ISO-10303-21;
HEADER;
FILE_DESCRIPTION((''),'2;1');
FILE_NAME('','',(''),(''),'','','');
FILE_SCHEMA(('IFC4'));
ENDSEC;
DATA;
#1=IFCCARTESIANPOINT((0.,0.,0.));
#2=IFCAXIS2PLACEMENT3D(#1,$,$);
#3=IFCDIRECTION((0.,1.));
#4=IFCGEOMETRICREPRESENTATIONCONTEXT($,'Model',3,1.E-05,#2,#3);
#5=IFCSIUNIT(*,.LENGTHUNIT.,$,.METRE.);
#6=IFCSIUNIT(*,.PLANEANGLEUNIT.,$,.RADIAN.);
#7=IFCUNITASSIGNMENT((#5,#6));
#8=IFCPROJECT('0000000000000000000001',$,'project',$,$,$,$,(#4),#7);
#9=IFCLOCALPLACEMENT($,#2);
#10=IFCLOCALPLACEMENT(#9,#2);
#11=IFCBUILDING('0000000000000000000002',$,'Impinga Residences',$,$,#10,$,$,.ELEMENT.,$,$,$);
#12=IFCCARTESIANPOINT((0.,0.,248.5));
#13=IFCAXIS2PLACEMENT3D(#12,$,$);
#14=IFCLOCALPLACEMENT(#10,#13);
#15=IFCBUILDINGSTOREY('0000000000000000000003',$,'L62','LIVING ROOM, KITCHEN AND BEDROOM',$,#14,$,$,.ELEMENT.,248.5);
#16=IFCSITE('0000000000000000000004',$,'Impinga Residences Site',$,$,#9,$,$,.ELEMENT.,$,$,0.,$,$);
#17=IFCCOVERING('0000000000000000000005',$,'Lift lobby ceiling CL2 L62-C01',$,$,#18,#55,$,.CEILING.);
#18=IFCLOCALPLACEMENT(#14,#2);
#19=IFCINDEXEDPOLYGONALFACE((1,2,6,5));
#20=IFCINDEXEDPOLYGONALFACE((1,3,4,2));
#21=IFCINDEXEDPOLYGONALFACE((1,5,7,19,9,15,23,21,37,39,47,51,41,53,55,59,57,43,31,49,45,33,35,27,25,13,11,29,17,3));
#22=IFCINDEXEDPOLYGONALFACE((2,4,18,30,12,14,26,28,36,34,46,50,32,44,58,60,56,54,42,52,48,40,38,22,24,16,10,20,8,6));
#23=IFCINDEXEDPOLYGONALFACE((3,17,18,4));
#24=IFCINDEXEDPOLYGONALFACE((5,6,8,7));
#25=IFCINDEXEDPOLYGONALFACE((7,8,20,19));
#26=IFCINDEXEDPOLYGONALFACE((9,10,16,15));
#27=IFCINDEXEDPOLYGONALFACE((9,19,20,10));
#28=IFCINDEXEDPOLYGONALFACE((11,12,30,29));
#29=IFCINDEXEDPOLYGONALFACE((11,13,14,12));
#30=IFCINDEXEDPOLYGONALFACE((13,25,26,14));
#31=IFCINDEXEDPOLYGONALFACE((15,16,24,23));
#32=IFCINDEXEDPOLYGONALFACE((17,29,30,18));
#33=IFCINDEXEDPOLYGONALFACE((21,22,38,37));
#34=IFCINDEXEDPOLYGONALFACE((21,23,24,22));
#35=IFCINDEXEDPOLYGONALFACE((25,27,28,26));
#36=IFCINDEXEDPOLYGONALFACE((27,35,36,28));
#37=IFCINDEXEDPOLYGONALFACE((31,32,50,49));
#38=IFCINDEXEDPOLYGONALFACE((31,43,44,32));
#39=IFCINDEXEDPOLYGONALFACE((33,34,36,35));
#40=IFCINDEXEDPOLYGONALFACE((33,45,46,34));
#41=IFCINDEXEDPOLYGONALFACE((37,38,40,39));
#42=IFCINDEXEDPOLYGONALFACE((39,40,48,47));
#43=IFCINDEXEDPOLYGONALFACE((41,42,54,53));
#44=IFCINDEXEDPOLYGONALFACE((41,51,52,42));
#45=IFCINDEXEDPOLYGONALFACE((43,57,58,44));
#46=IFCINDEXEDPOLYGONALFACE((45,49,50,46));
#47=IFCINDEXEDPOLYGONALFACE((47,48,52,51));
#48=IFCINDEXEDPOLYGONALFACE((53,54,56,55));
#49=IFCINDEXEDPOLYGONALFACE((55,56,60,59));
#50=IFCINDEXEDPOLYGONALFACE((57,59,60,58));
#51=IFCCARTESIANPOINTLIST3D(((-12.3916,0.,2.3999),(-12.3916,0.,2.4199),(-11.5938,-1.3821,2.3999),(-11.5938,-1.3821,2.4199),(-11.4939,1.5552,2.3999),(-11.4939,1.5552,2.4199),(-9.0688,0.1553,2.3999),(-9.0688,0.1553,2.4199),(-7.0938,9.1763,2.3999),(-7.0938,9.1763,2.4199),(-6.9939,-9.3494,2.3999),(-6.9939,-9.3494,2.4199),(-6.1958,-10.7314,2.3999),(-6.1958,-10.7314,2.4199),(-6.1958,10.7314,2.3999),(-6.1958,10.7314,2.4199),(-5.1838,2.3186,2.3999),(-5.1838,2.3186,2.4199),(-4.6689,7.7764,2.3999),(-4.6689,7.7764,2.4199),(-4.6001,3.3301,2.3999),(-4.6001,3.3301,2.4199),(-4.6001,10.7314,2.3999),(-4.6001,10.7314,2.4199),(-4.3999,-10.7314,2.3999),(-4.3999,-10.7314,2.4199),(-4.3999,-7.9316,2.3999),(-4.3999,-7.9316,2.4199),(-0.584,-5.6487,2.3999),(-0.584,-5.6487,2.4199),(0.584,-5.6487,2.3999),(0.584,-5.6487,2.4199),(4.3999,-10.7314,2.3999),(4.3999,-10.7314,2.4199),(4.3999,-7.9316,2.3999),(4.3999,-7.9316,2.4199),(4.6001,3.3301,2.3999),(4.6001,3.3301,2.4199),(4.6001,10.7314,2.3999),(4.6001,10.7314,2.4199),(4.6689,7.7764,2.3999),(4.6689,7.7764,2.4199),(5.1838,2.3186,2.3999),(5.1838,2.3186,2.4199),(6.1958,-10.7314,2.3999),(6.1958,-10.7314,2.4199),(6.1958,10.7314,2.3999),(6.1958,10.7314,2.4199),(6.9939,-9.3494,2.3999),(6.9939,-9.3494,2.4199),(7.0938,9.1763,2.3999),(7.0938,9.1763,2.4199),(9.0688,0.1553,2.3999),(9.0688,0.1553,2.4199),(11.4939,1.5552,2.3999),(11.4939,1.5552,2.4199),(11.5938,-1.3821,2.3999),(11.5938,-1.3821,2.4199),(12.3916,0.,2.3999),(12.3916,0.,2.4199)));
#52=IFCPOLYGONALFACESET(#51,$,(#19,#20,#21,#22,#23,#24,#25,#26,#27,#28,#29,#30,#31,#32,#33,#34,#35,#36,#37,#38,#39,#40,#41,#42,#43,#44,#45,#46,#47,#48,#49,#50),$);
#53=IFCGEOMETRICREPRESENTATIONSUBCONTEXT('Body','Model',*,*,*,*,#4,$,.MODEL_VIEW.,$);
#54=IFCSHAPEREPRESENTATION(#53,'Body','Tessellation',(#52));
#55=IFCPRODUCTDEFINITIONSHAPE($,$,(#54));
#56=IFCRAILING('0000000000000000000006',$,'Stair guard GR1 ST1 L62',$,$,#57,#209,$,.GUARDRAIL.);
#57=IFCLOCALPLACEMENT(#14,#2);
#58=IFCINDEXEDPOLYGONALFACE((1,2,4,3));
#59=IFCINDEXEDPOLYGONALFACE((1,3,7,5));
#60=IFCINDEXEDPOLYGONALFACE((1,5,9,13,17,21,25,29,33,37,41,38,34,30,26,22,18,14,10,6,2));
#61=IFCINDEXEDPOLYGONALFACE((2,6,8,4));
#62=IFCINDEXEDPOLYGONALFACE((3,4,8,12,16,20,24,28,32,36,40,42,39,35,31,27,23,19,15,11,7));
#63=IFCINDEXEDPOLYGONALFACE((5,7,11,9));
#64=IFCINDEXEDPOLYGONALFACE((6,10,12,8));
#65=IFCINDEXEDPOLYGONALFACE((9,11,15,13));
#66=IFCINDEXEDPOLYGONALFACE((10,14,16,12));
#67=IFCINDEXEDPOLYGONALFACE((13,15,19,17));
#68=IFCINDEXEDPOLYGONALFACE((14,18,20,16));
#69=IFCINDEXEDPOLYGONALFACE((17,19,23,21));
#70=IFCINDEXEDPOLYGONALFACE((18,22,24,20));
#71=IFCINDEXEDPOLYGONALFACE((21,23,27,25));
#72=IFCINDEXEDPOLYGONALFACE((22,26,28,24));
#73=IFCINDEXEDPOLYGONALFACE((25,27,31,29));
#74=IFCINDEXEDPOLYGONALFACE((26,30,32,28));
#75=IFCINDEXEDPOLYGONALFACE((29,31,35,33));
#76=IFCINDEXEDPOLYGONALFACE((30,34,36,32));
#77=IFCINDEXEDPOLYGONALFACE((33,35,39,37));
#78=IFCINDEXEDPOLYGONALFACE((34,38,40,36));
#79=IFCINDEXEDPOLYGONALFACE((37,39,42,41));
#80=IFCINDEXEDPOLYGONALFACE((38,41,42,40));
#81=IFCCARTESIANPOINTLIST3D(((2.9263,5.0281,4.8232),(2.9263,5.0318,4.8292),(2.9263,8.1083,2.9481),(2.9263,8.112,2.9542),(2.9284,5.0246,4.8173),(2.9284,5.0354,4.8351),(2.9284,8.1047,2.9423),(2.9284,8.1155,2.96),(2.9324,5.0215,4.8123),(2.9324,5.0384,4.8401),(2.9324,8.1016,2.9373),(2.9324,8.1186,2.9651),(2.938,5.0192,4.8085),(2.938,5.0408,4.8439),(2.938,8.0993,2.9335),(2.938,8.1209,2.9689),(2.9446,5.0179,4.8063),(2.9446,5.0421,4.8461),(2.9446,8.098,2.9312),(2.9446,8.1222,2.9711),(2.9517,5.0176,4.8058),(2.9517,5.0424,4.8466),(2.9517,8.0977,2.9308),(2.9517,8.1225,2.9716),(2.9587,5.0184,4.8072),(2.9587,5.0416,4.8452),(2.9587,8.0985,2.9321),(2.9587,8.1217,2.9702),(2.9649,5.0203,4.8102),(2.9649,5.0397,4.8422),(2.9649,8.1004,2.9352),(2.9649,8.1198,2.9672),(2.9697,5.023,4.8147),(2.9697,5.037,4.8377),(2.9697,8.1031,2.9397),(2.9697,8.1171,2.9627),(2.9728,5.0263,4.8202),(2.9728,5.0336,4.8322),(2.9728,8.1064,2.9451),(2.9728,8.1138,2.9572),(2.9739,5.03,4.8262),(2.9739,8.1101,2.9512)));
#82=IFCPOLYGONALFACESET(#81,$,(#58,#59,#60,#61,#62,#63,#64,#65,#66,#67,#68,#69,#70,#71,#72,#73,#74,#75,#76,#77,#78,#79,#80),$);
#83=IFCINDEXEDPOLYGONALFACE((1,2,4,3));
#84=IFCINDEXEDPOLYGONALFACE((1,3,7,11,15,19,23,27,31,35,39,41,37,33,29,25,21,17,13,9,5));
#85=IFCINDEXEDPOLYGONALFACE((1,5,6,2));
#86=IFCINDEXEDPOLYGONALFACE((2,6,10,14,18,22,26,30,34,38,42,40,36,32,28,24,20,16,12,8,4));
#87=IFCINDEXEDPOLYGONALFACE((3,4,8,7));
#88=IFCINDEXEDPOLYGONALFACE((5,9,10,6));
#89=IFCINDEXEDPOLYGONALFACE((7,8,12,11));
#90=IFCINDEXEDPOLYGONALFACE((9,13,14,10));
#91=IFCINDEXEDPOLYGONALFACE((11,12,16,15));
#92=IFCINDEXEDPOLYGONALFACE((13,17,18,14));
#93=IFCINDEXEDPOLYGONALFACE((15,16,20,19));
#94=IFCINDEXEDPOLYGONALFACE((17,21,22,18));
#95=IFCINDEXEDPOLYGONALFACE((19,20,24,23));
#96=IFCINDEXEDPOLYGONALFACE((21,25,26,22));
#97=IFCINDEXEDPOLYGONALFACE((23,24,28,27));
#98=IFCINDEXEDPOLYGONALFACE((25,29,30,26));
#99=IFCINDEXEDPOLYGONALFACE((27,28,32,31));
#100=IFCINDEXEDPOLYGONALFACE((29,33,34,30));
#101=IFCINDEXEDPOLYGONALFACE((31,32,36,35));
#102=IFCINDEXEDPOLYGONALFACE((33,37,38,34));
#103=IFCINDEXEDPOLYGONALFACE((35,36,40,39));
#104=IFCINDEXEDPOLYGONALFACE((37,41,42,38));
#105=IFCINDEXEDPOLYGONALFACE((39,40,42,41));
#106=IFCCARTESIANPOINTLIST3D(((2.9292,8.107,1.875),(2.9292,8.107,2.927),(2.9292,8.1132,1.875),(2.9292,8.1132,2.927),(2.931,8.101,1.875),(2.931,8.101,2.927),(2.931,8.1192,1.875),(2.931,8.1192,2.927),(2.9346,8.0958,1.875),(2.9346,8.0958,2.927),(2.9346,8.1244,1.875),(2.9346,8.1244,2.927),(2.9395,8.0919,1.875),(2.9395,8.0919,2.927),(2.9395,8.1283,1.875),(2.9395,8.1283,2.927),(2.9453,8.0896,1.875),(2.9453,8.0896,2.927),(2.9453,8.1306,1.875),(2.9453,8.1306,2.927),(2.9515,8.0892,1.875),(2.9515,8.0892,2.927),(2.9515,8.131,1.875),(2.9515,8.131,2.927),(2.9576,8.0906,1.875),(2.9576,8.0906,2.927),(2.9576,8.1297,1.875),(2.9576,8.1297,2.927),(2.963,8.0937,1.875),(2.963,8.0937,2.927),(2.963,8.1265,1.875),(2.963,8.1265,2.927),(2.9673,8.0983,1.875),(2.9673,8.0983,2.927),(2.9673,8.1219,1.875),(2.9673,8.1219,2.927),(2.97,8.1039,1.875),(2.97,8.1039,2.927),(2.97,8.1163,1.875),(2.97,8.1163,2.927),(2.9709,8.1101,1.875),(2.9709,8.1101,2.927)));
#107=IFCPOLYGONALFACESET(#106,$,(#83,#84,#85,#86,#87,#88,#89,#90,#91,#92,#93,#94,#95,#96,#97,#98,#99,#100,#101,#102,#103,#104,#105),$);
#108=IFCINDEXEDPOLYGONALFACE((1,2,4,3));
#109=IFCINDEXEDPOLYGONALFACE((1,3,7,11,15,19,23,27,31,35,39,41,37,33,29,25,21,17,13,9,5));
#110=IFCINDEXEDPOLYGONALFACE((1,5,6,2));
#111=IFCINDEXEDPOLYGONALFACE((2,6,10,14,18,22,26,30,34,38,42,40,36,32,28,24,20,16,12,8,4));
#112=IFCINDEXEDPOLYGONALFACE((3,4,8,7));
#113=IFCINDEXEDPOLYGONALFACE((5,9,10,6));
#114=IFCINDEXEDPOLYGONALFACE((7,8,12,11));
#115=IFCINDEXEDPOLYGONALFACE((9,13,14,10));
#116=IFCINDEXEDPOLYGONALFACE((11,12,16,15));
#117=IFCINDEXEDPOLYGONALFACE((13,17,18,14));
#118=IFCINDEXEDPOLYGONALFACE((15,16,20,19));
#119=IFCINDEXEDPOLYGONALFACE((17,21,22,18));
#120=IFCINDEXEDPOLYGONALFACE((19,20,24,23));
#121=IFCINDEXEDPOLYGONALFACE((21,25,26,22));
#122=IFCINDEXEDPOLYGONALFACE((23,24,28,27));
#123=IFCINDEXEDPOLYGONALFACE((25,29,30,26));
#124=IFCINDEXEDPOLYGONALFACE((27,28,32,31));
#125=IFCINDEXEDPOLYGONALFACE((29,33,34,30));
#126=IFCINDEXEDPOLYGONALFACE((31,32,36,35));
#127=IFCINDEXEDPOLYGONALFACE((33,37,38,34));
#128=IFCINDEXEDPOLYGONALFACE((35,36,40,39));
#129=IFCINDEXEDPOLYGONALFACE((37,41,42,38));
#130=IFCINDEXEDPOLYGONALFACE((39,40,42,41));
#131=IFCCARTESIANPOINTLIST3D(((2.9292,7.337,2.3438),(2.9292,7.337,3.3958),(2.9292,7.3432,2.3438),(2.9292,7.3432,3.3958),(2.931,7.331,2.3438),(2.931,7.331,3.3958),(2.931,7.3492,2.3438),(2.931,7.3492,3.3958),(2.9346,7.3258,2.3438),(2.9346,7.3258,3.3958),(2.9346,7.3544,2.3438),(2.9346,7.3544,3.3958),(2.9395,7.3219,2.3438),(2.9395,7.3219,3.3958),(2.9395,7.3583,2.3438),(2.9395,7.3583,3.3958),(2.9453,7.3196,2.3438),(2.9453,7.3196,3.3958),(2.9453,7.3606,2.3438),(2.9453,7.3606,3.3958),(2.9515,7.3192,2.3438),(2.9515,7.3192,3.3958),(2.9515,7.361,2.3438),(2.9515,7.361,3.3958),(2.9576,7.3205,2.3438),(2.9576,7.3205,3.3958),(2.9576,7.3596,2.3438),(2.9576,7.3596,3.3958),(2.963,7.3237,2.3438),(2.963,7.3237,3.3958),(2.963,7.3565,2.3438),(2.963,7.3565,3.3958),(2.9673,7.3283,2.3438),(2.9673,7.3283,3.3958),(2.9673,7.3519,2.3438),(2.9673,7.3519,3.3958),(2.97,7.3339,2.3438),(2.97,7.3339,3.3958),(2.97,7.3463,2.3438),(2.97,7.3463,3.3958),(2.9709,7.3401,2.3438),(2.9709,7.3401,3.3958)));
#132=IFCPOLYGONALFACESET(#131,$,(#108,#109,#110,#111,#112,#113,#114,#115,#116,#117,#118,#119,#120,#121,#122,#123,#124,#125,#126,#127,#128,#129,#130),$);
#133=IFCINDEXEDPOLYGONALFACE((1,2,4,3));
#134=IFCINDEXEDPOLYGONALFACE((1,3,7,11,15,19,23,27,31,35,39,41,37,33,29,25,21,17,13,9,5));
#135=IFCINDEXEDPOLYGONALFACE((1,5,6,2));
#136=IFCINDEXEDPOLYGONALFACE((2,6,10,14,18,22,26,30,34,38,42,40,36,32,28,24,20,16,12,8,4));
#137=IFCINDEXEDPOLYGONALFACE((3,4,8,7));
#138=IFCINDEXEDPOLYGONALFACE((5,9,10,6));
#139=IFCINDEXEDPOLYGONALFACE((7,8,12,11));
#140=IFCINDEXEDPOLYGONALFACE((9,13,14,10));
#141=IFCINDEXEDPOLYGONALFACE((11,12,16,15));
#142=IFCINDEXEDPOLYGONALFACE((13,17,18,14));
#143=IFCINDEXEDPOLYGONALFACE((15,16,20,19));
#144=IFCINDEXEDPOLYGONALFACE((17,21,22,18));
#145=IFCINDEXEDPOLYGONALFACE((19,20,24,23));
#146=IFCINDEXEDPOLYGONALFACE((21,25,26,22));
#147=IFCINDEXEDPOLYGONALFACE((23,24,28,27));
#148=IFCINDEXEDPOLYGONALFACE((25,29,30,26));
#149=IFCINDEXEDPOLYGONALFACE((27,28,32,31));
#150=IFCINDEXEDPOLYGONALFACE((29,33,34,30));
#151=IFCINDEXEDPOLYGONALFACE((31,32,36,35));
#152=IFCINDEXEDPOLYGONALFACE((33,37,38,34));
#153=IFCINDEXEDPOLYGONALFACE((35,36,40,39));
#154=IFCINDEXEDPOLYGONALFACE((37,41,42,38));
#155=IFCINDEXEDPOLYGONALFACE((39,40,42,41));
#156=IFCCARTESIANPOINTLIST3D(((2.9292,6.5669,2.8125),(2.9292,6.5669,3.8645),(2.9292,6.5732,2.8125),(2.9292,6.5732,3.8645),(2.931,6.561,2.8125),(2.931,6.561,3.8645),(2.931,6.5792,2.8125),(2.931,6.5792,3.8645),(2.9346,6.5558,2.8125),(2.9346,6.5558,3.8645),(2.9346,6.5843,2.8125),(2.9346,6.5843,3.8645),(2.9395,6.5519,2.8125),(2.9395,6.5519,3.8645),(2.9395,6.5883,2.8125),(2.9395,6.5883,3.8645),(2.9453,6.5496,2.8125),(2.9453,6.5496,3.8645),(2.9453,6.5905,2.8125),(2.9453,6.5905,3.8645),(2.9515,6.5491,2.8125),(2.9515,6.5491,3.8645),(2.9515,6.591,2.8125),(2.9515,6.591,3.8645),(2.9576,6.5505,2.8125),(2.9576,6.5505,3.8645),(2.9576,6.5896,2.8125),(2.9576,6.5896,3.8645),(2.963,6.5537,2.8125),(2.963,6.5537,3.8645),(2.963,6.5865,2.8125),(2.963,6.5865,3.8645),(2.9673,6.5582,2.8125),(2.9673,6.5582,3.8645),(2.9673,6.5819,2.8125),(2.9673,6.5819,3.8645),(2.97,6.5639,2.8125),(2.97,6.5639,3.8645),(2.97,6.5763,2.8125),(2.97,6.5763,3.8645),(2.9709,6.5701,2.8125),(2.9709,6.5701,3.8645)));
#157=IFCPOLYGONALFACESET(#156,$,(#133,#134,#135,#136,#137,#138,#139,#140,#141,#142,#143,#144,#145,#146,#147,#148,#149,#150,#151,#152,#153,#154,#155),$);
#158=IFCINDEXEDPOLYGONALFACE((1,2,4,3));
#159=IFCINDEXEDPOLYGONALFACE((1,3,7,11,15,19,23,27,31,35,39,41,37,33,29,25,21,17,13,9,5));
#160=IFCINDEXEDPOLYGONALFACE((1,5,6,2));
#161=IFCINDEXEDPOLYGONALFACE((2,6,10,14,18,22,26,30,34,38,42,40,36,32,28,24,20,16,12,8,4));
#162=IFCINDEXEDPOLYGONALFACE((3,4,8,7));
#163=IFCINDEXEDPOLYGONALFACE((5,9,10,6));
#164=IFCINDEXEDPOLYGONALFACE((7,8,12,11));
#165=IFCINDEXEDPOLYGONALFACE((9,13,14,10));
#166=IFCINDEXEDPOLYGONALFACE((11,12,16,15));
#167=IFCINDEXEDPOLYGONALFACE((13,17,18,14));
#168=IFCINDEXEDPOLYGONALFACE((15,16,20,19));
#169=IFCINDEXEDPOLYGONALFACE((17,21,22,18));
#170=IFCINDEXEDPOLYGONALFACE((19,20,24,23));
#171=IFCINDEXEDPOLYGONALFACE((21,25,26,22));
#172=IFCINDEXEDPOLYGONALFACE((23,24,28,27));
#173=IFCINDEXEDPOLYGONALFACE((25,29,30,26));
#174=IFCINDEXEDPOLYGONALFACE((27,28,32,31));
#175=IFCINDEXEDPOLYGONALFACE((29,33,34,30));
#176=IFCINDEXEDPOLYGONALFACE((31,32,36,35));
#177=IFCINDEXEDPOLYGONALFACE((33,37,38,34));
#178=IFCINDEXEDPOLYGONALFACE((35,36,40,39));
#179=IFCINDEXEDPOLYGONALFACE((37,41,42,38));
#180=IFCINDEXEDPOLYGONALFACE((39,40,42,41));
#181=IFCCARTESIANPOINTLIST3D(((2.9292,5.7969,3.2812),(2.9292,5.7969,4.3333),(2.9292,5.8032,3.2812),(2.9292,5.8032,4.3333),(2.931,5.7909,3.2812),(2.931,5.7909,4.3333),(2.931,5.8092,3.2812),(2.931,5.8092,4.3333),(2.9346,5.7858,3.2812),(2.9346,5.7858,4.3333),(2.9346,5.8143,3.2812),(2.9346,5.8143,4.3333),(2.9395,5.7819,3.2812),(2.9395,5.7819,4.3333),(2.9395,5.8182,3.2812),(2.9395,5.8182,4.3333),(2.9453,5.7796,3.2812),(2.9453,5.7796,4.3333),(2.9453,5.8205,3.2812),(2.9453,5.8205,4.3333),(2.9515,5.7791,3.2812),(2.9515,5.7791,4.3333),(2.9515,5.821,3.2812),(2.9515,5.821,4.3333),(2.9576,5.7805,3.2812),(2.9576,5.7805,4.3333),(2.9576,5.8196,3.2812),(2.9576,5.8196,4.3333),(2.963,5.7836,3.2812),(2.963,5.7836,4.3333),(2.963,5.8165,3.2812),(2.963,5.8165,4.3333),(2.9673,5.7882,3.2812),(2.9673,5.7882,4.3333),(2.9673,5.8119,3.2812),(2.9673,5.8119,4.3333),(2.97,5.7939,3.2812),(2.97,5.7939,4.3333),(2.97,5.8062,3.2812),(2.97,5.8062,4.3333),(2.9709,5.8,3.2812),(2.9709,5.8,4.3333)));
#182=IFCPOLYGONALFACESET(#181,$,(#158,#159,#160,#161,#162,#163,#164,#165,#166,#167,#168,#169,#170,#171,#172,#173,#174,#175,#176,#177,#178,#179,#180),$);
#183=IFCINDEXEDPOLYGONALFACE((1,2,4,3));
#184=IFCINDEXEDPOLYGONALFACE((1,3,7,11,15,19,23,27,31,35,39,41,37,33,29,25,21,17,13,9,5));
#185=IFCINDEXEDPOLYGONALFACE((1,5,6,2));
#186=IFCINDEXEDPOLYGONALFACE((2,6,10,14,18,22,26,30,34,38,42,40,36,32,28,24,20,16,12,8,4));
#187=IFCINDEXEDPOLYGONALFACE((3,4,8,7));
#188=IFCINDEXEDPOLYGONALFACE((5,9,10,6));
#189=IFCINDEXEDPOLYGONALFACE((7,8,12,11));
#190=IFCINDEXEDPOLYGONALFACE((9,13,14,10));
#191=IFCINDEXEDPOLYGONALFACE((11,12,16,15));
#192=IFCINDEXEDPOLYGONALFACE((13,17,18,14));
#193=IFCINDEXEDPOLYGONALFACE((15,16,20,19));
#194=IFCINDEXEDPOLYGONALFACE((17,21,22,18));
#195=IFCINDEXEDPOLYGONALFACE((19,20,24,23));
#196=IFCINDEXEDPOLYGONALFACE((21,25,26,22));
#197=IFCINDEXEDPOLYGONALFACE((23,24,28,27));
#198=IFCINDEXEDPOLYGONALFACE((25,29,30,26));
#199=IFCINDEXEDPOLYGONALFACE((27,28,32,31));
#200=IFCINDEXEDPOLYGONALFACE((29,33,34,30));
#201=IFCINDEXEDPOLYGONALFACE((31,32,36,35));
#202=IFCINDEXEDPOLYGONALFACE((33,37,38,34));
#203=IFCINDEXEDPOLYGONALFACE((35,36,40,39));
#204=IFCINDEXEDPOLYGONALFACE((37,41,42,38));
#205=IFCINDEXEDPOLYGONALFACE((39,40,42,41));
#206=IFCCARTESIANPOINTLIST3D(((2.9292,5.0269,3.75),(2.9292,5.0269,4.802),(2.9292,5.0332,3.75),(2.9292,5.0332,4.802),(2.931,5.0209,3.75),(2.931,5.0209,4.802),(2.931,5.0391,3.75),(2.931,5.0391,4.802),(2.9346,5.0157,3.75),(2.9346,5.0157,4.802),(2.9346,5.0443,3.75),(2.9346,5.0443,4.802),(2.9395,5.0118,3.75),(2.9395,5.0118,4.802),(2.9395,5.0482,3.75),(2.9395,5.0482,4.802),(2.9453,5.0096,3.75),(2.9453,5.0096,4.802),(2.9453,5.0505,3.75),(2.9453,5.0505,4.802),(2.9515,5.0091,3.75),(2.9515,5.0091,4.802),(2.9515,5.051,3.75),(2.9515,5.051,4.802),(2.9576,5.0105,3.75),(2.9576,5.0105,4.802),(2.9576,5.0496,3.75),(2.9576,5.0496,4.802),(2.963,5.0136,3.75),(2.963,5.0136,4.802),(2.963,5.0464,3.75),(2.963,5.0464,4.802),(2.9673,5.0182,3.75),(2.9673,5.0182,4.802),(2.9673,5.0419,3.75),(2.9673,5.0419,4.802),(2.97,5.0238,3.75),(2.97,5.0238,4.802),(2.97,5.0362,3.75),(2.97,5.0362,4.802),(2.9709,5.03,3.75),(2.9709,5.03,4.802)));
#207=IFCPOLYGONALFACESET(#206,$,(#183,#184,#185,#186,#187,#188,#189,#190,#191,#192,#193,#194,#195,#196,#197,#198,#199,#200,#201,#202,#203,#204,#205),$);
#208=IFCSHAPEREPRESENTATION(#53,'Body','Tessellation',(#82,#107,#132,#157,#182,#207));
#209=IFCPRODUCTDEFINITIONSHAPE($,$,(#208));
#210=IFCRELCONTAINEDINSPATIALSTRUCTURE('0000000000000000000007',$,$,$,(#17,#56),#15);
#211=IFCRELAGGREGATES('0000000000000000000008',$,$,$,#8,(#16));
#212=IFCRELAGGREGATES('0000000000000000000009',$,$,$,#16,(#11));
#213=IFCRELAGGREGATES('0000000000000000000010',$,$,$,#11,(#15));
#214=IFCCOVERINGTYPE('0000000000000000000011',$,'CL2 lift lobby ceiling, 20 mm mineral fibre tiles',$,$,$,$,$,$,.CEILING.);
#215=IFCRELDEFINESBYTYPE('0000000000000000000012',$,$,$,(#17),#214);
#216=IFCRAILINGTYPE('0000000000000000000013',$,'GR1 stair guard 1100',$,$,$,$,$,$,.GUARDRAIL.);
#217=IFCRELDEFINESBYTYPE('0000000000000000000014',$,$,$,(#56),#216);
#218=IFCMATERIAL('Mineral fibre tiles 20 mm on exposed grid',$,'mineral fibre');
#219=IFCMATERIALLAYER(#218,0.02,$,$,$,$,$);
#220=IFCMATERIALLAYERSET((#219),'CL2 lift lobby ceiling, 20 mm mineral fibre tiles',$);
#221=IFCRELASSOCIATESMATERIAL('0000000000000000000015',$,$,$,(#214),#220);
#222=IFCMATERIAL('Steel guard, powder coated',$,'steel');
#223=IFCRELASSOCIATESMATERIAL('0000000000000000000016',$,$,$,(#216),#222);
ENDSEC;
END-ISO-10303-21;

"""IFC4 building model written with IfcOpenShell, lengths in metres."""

from ifc_helpers import new_model, si_unit, direction, frame, origin, origin_2d, place, context, subcontext, project, spatial, polyline, circle, outline, extrude, material, layer, layer_set, type_object, element, save


model = new_model("IFC4")

# Units and contexts
model_context = context("Model", 3, precision=1e-05, world=origin(), true_north=direction((0.0, 1.0)))
body_context = subcontext(model_context, "Body", "Model", "MODEL_VIEW")
ifc_project = project(units=[si_unit("LENGTHUNIT", "METRE"), si_unit("PLANEANGLEUNIT", "RADIAN")], contexts=[model_context])

# Site, building, storey
site_placement = place(None, origin())
site = spatial("IfcSite", under=ifc_project, at=site_placement, Name="Impinga Residences Site", CompositionType="ELEMENT", RefElevation=0.0)
building_placement = place(site_placement, origin())
building = spatial("IfcBuilding", under=site, at=building_placement, Name="Impinga Residences", CompositionType="ELEMENT")
storey_placement = place(building_placement, frame((0.0, 0.0, 248.5)))
storey = spatial("IfcBuildingStorey", under=building, at=storey_placement, Name="L62", Description="LIVING ROOM, KITCHEN AND BEDROOM", CompositionType="ELEMENT", Elevation=248.5)

# Covering
ifc_material_1 = material(Name="Mineral fibre tiles 20 mm on exposed grid", Category="mineral fibre")
ifc_layer_1 = layer(ifc_material_1, 0.02)
ifc_layer_set_1 = layer_set([ifc_layer_1], Name="CL2 lift lobby ceiling, 20 mm mineral fibre tiles")
covering_type_1 = type_object("IfcCoveringType", Name="CL2 lift lobby ceiling, 20 mm mineral fibre tiles", PredefinedType="CEILING", material=ifc_layer_set_1)
covering_1_placement = place(storey_placement, frame((0.0, 0.0, 2.3999)))
element("IfcCovering", 1, at=covering_1_placement, inside=storey, type_object=covering_type_1, Name="Lift lobby ceiling CL2 L62-C01", PredefinedType="CEILING", context=body_context, shape_type="SweptSolid", body=[
    extrude(outline(polyline([(12.3916, 0.0), (11.5938, -1.3821), (5.1838, 2.3186), (0.584, -5.6487), (6.9939, -9.3494), (6.1958, -10.7314), (4.3999, -10.7314), (4.3999, -7.9316), (-4.3999, -7.9316), (-4.3999, -10.7314), (-6.1958, -10.7314), (-6.9939, -9.3494), (-0.584, -5.6487), (-5.1838, 2.3186), (-11.5938, -1.3821), (-12.3916, 0.0), (-11.4939, 1.5552), (-9.0688, 0.1553), (-4.6689, 7.7764), (-7.0938, 9.1763), (-6.1958, 10.7314), (-4.6001, 10.7314), (-4.6001, 3.3301), (4.6001, 3.3301), (4.6001, 10.7314), (6.1958, 10.7314), (7.0938, 9.1763), (4.6689, 7.7764), (9.0688, 0.1553), (11.4939, 1.5552), (12.3916, 0.0)])), origin(), (0.0, 0.0, 1.0), 0.02),
])

# Railing
ifc_material_2 = material(Name="Steel guard, powder coated", Category="steel")
railing_type_1 = type_object("IfcRailingType", Name="GR1 stair guard 1100", PredefinedType="GUARDRAIL", material=ifc_material_2)
railing_1_placement = place(storey_placement, frame((2.95, 8.1101, 1.875)))
element("IfcRailing", 2, at=railing_1_placement, inside=storey, type_object=railing_type_1, Name="Stair guard GR1 ST1 L62", PredefinedType="GUARDRAIL", context=body_context, shape_type="SweptSolid", body=[
    extrude(circle(Radius=0.0239, at=origin_2d()), frame((0.0, 0.0, 1.0762), z_axis=(0.0, -0.854178, 0.519981), x_axis=(1.0, 0.0, 0.0)), (0.0, 0.0, 1.0), 3.606),
    extrude(circle(Radius=0.021, at=origin_2d()), origin(), (0.0, 0.0, 1.0), 1.052),
    extrude(circle(Radius=0.021, at=origin_2d()), frame((0.0, -0.77, 0.4688)), (0.0, 0.0, 1.0), 1.052),
    extrude(circle(Radius=0.021, at=origin_2d()), frame((0.0, -1.54, 0.9375)), (0.0, 0.0, 1.0), 1.052),
    extrude(circle(Radius=0.021, at=origin_2d()), frame((0.0, -2.3101, 1.4062)), (0.0, 0.0, 1.0), 1.052),
    extrude(circle(Radius=0.021, at=origin_2d()), frame((0.0, -3.0801, 1.875)), (0.0, 0.0, 1.0), 1.052),
])

save(model, "model.ifc")
